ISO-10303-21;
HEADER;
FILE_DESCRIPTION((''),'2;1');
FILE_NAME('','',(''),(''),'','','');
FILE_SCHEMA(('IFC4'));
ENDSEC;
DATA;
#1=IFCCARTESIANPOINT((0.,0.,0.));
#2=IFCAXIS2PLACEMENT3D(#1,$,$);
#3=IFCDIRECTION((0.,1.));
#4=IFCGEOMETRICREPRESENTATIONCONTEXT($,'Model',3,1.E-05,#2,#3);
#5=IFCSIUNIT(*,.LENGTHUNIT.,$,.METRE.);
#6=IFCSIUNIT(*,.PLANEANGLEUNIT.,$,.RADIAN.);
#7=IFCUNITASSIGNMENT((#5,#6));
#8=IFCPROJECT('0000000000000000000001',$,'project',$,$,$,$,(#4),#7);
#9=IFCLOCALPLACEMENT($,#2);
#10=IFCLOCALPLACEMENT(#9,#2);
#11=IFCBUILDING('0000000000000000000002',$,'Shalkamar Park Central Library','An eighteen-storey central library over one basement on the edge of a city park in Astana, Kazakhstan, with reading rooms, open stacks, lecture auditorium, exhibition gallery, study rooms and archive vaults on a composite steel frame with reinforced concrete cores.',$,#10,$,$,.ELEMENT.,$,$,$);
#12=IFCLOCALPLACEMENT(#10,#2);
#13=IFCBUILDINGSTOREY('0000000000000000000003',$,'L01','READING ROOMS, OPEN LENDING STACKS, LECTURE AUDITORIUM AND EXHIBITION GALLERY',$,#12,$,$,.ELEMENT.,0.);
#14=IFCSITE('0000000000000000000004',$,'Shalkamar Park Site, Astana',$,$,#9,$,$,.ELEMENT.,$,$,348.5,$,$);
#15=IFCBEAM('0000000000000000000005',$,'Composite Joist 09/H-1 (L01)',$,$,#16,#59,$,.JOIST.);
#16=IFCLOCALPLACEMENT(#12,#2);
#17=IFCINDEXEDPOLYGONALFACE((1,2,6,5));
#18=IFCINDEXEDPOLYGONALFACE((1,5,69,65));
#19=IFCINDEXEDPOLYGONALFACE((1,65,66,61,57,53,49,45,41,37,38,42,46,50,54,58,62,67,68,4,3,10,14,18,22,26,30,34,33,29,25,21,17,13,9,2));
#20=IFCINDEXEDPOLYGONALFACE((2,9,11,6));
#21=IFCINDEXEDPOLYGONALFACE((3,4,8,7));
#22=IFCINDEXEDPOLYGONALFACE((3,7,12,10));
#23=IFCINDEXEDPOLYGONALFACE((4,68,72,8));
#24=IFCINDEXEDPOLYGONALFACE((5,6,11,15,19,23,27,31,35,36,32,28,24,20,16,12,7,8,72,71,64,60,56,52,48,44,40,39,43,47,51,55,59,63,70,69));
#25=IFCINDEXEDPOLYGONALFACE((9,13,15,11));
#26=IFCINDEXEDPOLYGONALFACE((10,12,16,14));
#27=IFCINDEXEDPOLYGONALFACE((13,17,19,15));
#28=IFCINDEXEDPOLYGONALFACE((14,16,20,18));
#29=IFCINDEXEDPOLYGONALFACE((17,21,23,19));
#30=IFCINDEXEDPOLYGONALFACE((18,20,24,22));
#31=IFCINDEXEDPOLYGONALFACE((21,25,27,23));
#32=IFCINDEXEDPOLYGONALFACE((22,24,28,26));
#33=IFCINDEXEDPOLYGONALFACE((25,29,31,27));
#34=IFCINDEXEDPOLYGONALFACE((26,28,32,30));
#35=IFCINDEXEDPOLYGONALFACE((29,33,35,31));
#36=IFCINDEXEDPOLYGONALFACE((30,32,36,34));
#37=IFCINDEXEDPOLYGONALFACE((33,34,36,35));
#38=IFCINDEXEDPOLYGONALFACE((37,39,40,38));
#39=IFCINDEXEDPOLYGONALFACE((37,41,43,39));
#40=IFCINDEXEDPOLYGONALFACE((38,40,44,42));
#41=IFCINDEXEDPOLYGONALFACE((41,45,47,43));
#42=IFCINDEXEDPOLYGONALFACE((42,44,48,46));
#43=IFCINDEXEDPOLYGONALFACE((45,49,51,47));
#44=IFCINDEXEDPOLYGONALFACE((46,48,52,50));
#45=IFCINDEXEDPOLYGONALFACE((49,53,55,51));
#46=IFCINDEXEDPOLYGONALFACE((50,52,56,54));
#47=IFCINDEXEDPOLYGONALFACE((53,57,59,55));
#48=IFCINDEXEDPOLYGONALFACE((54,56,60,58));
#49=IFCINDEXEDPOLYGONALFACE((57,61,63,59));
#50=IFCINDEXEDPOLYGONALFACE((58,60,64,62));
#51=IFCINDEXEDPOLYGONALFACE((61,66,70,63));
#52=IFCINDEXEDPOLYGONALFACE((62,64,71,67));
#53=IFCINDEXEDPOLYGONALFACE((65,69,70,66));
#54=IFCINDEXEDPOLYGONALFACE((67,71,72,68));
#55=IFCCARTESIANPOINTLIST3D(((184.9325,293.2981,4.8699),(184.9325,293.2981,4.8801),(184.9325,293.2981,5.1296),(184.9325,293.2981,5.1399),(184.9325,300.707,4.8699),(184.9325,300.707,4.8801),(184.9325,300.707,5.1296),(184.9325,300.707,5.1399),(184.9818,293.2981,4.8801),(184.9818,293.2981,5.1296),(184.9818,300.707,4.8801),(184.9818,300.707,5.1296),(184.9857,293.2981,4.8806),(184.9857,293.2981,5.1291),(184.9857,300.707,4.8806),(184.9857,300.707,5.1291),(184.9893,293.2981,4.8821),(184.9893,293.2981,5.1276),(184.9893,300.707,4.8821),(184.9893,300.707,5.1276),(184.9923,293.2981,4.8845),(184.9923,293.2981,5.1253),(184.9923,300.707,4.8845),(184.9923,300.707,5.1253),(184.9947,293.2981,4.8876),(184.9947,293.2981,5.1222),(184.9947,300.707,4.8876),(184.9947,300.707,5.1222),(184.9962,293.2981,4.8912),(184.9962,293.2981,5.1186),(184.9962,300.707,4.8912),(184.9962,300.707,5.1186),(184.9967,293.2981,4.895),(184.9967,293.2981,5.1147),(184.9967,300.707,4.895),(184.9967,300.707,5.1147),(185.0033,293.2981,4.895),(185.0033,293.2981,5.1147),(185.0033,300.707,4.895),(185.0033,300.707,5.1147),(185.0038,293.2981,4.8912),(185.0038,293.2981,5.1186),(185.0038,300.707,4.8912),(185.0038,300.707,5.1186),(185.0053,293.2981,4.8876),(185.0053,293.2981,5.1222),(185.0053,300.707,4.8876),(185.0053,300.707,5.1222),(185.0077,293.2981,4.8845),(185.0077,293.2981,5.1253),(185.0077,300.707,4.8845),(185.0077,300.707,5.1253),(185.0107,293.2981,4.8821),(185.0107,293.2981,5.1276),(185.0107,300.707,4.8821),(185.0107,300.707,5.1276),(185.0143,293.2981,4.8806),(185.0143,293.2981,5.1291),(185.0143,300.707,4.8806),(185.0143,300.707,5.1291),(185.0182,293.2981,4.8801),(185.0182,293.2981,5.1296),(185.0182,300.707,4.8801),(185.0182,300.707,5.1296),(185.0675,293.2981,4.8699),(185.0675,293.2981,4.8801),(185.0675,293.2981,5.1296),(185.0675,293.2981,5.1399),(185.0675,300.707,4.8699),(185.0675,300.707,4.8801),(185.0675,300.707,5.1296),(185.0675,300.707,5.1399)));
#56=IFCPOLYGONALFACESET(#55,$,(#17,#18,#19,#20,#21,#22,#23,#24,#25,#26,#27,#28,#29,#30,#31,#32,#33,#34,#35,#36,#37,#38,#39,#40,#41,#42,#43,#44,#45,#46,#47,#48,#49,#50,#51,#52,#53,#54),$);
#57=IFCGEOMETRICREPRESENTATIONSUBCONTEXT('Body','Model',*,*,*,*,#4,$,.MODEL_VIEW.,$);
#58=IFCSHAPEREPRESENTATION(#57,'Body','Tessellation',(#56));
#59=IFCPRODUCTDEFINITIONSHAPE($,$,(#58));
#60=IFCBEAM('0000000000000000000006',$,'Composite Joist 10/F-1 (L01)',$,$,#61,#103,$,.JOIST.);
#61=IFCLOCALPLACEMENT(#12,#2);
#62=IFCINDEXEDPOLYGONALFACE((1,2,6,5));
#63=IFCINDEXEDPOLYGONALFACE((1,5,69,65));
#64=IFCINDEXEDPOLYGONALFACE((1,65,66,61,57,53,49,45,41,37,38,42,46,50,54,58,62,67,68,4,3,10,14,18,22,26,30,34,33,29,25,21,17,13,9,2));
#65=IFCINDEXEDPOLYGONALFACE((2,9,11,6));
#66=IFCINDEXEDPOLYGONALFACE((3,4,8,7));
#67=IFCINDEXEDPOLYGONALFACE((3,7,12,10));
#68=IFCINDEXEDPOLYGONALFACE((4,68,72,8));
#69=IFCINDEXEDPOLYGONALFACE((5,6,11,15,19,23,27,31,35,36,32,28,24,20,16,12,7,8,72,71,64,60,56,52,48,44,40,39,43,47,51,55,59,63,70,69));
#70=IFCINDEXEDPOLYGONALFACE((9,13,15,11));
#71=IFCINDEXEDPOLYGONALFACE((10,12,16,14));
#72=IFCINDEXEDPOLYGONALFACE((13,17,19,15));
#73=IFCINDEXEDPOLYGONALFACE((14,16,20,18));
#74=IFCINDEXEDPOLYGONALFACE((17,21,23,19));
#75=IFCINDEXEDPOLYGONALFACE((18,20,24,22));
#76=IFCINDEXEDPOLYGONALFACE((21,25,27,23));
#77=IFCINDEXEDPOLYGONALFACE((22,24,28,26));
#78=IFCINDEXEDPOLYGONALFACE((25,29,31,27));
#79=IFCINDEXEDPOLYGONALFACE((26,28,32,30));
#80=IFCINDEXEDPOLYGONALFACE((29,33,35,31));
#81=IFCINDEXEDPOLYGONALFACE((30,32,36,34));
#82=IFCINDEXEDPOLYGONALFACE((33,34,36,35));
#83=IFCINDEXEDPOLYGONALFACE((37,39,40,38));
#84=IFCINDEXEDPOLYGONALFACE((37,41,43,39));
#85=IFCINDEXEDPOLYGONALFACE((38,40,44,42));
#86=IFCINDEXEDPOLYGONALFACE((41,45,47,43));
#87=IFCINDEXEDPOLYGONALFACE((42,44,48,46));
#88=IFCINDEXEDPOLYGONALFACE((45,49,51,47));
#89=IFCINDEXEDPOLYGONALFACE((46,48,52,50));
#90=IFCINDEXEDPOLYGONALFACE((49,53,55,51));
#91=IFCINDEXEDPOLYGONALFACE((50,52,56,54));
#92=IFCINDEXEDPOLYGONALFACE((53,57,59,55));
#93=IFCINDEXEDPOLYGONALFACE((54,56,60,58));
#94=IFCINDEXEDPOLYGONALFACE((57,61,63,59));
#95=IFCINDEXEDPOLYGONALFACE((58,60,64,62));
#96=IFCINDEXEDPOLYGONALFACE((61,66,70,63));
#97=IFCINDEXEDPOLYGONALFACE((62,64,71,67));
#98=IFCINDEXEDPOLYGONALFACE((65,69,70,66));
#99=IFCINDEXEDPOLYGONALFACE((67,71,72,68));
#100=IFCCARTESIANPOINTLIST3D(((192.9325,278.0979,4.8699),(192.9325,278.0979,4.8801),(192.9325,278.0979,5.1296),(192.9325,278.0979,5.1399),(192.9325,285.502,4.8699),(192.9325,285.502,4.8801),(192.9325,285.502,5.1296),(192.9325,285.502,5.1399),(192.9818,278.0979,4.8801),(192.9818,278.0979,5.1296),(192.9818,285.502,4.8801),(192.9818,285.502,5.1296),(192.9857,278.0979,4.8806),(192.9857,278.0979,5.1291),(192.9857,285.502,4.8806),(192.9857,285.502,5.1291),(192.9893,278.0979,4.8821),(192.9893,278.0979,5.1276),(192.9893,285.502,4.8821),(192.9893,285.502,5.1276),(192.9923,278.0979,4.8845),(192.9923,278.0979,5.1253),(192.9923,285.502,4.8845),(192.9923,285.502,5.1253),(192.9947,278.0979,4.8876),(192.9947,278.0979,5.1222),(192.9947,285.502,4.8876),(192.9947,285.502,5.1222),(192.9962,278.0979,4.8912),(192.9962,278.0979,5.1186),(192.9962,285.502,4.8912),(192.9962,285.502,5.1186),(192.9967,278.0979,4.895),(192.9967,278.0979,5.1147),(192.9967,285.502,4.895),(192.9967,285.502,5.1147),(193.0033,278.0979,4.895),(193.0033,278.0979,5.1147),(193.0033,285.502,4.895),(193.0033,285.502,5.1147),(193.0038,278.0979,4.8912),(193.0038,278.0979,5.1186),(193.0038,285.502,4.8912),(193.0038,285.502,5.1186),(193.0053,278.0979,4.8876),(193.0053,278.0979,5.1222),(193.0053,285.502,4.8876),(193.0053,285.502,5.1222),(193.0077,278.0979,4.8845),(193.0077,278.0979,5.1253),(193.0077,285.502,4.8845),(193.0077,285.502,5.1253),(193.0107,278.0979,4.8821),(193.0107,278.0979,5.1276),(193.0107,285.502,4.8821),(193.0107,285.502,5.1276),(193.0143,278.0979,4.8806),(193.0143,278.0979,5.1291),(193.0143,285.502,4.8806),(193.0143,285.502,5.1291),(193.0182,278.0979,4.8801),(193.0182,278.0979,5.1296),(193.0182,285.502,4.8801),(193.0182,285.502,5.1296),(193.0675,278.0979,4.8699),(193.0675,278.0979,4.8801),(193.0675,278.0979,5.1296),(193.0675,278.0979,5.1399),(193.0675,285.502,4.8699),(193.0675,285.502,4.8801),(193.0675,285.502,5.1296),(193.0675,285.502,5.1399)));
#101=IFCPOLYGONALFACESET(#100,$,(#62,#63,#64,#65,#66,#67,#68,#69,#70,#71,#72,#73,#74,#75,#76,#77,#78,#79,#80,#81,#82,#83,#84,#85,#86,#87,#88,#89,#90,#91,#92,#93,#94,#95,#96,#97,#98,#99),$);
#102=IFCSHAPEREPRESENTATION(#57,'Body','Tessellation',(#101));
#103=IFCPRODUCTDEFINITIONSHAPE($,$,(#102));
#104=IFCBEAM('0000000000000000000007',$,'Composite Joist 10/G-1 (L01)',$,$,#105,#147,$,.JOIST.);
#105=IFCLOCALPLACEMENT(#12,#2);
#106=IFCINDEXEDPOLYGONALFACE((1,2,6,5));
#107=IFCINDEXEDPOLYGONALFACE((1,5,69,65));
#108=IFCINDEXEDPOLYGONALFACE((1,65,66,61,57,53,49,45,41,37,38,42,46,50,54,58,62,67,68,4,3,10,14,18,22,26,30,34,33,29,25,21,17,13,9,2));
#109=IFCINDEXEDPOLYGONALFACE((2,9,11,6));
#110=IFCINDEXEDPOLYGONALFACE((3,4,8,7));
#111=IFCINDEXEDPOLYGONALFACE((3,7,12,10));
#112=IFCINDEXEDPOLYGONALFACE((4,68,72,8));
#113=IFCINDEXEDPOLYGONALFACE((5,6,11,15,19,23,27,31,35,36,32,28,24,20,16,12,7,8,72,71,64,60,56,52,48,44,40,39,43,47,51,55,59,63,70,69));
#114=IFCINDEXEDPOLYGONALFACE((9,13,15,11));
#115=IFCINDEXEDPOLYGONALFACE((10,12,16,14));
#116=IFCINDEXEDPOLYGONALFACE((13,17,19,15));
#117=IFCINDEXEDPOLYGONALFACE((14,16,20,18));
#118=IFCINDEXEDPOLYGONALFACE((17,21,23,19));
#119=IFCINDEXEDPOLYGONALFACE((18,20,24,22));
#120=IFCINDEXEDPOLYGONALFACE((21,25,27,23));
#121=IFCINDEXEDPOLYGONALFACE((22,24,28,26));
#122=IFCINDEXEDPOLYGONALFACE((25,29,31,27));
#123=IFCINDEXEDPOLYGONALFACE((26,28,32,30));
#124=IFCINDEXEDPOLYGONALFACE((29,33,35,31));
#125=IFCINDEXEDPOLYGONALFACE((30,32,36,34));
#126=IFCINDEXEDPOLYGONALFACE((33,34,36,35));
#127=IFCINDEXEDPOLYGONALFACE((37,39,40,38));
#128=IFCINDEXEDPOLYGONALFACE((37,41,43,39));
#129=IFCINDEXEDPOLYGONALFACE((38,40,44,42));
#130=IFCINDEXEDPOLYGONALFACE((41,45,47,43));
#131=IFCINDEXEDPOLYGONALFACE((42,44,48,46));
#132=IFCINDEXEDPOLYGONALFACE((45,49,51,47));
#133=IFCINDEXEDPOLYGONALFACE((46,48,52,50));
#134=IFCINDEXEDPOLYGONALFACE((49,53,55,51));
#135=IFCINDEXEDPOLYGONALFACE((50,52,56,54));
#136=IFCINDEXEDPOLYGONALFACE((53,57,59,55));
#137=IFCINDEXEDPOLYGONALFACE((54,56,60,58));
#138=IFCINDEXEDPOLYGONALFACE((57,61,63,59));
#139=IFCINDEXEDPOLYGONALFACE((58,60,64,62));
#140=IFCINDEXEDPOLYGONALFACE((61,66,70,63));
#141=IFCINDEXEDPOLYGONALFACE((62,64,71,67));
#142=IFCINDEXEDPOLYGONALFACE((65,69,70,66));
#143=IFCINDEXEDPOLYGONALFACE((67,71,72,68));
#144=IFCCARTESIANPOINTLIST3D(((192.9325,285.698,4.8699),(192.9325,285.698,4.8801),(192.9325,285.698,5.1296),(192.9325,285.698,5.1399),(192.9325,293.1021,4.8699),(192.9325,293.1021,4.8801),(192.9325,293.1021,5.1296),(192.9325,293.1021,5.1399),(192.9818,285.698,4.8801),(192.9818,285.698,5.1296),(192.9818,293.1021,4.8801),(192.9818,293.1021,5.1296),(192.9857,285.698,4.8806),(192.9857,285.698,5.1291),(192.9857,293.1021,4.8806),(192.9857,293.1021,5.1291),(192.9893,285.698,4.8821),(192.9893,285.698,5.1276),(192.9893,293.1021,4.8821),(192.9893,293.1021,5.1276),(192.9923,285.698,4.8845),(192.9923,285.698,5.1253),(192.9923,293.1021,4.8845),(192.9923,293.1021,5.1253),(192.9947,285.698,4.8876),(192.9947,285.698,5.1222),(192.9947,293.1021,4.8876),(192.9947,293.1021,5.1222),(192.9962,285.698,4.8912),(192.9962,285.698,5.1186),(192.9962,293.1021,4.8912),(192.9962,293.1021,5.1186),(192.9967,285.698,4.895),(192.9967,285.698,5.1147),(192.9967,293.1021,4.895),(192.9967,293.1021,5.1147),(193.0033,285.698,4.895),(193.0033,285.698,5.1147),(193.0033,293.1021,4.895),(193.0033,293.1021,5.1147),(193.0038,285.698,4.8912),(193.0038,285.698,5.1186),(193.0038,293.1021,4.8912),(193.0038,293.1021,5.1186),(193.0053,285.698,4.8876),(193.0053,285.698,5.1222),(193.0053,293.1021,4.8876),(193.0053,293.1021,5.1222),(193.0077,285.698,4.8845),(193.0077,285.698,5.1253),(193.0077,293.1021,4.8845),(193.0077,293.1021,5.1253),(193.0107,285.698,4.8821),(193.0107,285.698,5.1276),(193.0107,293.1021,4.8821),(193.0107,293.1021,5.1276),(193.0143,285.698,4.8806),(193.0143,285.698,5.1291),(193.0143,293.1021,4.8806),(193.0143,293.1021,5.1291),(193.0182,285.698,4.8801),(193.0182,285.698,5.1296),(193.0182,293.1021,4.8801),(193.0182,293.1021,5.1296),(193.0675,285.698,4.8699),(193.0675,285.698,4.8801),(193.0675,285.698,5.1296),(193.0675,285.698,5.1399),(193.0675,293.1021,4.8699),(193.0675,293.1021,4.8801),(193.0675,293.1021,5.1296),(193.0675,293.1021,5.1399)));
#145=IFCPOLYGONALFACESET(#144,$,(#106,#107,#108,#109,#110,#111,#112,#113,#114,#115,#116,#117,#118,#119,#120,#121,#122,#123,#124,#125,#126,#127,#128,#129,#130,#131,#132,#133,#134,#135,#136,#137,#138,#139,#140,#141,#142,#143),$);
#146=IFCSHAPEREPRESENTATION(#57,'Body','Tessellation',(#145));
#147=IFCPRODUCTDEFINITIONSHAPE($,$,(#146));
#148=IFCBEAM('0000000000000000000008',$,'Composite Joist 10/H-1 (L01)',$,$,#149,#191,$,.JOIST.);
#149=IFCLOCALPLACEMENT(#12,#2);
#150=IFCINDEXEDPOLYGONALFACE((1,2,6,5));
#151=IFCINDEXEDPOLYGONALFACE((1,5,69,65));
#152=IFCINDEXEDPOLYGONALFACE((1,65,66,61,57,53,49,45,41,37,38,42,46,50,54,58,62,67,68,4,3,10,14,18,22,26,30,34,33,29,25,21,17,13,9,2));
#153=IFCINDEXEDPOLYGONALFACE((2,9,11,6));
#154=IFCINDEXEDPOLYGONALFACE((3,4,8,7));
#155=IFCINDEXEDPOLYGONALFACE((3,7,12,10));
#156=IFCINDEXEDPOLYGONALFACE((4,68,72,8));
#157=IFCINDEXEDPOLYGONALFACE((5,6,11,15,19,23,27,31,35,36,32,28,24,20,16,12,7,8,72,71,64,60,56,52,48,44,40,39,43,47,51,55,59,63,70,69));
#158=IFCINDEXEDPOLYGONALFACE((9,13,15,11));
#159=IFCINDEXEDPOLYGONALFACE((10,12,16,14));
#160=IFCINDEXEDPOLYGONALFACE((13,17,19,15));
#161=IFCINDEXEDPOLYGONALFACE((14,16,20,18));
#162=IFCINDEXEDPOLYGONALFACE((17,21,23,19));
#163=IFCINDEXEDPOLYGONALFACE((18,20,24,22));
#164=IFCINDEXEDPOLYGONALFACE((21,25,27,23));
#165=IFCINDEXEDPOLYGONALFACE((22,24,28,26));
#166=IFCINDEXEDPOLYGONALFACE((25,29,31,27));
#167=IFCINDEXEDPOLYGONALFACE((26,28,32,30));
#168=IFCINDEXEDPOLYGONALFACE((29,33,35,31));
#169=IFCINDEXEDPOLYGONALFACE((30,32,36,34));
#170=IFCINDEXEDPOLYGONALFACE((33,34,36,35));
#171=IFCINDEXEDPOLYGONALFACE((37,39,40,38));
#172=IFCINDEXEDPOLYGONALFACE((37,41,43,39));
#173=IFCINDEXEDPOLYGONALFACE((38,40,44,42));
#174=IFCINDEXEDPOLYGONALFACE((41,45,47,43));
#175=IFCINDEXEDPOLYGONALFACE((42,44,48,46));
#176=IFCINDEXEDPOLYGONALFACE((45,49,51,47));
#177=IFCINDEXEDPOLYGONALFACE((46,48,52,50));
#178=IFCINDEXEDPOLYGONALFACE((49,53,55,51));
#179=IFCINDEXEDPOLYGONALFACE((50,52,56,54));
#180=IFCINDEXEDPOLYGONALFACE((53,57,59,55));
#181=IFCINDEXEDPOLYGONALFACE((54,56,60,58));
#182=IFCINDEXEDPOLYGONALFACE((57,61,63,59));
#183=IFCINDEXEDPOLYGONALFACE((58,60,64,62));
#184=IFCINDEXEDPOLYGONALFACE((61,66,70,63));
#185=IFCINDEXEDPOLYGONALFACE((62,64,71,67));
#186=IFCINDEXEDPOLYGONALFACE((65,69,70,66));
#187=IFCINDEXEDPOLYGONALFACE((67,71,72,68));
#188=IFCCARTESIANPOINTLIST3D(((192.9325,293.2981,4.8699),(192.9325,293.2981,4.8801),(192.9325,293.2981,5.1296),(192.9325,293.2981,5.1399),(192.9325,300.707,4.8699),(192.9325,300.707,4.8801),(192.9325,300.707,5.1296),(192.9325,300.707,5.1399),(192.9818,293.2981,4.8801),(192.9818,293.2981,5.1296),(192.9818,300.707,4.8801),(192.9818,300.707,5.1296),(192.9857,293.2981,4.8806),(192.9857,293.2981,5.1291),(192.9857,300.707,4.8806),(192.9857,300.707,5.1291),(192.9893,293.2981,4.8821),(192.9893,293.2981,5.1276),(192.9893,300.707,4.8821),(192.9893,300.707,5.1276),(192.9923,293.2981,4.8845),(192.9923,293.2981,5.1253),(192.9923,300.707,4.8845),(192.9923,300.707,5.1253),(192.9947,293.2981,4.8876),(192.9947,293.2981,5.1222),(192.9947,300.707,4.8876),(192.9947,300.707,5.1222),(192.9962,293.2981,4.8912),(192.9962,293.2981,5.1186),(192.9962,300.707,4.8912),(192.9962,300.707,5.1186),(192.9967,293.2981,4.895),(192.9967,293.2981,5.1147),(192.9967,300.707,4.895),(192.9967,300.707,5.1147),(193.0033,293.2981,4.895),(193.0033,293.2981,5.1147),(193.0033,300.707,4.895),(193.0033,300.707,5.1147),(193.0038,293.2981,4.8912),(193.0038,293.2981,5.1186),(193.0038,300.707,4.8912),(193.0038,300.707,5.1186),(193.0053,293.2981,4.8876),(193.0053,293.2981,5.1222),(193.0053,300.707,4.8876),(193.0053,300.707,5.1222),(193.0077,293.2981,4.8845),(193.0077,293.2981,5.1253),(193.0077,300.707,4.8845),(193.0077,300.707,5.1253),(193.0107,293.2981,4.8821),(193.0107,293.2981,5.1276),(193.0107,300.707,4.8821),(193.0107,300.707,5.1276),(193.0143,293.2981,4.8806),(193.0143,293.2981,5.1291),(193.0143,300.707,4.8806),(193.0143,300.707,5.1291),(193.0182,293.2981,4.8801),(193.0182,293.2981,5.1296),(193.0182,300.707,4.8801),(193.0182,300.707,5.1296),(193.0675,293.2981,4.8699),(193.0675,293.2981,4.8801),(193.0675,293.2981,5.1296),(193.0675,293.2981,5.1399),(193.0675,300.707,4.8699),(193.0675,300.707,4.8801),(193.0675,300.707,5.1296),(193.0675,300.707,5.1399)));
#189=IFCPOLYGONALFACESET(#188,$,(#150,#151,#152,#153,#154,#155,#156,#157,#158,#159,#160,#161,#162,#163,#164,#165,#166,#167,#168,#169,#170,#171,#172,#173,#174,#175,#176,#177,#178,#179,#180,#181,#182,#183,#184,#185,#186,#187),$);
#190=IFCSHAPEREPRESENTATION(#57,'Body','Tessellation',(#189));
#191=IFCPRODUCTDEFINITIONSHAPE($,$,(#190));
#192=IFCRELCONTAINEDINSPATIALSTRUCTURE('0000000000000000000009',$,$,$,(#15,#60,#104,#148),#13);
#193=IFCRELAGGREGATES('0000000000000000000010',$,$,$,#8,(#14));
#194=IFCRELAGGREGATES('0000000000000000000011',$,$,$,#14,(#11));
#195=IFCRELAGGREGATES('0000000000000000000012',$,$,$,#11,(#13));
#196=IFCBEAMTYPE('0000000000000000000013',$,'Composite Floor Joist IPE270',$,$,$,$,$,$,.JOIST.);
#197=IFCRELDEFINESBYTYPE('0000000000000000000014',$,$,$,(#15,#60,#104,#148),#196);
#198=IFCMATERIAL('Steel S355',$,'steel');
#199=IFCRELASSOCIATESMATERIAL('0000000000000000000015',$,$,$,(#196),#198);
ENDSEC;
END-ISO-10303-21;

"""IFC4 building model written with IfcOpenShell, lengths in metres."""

from ifc_helpers import new_model, si_unit, direction, frame, origin, origin_2d, place, context, subcontext, project, spatial, i_section, extrude, material, material_profile, profile_set, type_object, element, save


model = new_model("IFC4")

# Units and contexts
model_context = context("Model", 3, precision=1e-05, world=origin(), true_north=direction((0.0, 1.0)))
body_context = subcontext(model_context, "Body", "Model", "MODEL_VIEW")
ifc_project = project(units=[si_unit("LENGTHUNIT", "METRE"), si_unit("PLANEANGLEUNIT", "RADIAN")], contexts=[model_context])

# Site, building, storey
site_placement = place(None, origin())
site = spatial("IfcSite", under=ifc_project, at=site_placement, Name="Shalkamar Park Site, Astana", CompositionType="ELEMENT", RefElevation=348.5)
building_placement = place(site_placement, origin())
building = spatial("IfcBuilding", under=site, at=building_placement, Name="Shalkamar Park Central Library", Description="An eighteen-storey central library over one basement on the edge of a city park in Astana, Kazakhstan, with reading rooms, open stacks, lecture auditorium, exhibition gallery, study rooms and archive vaults on a composite steel frame with reinforced concrete cores.", CompositionType="ELEMENT")
storey_placement = place(building_placement, origin())
storey = spatial("IfcBuildingStorey", under=building, at=storey_placement, Name="L01", Description="READING ROOMS, OPEN LENDING STACKS, LECTURE AUDITORIUM AND EXHIBITION GALLERY", CompositionType="ELEMENT", Elevation=0.0)

# Shared definitions
ifc_material = material(Name="Steel S355", Category="steel")

# Beams
ifc_material_profile_1 = material_profile(ifc_material, i_section(OverallWidth=0.135, OverallDepth=0.27, WebThickness=0.0066, FlangeThickness=0.0103, FilletRadius=0.0149, at=origin_2d()), Name="IPE 270")
ifc_profile_set_1 = profile_set([ifc_material_profile_1], Name="Steel S355")
beam_type_1 = type_object("IfcBeamType", Name="Composite Floor Joist IPE270", PredefinedType="JOIST", material=ifc_profile_set_1)
beam_1_placement = place(storey_placement, frame((185.0, 293.2981, 5.0049), z_axis=(0.0, 1.0, 0.0), x_axis=(-1.0, 0.0, 0.0)))
element("IfcBeam", 1, at=beam_1_placement, inside=storey, type_object=beam_type_1, Name="Composite Joist 09/H-1 (L01)", PredefinedType="JOIST", context=body_context, shape_type="SweptSolid", body=[
    extrude(i_section(OverallWidth=0.135, OverallDepth=0.27, WebThickness=0.0066, FlangeThickness=0.0103, FilletRadius=0.0149, at=origin_2d()), origin(), (0.0, 0.0, 1.0), 7.4089),
])
for number, where, z_axis, x_axis, name in (
    (2, (193.0, 278.0979, 5.0049), (0.0, 1.0, 0.0), (-1.0, 0.0, 0.0), "Composite Joist 10/F-1 (L01)"),
    (3, (193.0, 285.698, 5.0049), (0.0, 1.0, 0.0), (-1.0, 0.0, 0.0), "Composite Joist 10/G-1 (L01)"),
):
    element("IfcBeam", number, at=place(storey_placement, frame(where, z_axis=z_axis, x_axis=x_axis)), inside=storey, type_object=beam_type_1, Name=name, PredefinedType="JOIST", context=body_context, shape_type="SweptSolid", body=[
        extrude(i_section(OverallWidth=0.135, OverallDepth=0.27, WebThickness=0.0066, FlangeThickness=0.0103, FilletRadius=0.0149, at=origin_2d()), origin(), (0.0, 0.0, 1.0), 7.4041),
    ])
beam_2_placement = place(storey_placement, frame((193.0, 293.2981, 5.0049), z_axis=(0.0, 1.0, 0.0), x_axis=(-1.0, 0.0, 0.0)))
element("IfcBeam", 4, at=beam_2_placement, inside=storey, type_object=beam_type_1, Name="Composite Joist 10/H-1 (L01)", PredefinedType="JOIST", context=body_context, shape_type="SweptSolid", body=[
    extrude(i_section(OverallWidth=0.135, OverallDepth=0.27, WebThickness=0.0066, FlangeThickness=0.0103, FilletRadius=0.0149, at=origin_2d()), origin(), (0.0, 0.0, 1.0), 7.4089),
])

save(model, "model.ifc")
